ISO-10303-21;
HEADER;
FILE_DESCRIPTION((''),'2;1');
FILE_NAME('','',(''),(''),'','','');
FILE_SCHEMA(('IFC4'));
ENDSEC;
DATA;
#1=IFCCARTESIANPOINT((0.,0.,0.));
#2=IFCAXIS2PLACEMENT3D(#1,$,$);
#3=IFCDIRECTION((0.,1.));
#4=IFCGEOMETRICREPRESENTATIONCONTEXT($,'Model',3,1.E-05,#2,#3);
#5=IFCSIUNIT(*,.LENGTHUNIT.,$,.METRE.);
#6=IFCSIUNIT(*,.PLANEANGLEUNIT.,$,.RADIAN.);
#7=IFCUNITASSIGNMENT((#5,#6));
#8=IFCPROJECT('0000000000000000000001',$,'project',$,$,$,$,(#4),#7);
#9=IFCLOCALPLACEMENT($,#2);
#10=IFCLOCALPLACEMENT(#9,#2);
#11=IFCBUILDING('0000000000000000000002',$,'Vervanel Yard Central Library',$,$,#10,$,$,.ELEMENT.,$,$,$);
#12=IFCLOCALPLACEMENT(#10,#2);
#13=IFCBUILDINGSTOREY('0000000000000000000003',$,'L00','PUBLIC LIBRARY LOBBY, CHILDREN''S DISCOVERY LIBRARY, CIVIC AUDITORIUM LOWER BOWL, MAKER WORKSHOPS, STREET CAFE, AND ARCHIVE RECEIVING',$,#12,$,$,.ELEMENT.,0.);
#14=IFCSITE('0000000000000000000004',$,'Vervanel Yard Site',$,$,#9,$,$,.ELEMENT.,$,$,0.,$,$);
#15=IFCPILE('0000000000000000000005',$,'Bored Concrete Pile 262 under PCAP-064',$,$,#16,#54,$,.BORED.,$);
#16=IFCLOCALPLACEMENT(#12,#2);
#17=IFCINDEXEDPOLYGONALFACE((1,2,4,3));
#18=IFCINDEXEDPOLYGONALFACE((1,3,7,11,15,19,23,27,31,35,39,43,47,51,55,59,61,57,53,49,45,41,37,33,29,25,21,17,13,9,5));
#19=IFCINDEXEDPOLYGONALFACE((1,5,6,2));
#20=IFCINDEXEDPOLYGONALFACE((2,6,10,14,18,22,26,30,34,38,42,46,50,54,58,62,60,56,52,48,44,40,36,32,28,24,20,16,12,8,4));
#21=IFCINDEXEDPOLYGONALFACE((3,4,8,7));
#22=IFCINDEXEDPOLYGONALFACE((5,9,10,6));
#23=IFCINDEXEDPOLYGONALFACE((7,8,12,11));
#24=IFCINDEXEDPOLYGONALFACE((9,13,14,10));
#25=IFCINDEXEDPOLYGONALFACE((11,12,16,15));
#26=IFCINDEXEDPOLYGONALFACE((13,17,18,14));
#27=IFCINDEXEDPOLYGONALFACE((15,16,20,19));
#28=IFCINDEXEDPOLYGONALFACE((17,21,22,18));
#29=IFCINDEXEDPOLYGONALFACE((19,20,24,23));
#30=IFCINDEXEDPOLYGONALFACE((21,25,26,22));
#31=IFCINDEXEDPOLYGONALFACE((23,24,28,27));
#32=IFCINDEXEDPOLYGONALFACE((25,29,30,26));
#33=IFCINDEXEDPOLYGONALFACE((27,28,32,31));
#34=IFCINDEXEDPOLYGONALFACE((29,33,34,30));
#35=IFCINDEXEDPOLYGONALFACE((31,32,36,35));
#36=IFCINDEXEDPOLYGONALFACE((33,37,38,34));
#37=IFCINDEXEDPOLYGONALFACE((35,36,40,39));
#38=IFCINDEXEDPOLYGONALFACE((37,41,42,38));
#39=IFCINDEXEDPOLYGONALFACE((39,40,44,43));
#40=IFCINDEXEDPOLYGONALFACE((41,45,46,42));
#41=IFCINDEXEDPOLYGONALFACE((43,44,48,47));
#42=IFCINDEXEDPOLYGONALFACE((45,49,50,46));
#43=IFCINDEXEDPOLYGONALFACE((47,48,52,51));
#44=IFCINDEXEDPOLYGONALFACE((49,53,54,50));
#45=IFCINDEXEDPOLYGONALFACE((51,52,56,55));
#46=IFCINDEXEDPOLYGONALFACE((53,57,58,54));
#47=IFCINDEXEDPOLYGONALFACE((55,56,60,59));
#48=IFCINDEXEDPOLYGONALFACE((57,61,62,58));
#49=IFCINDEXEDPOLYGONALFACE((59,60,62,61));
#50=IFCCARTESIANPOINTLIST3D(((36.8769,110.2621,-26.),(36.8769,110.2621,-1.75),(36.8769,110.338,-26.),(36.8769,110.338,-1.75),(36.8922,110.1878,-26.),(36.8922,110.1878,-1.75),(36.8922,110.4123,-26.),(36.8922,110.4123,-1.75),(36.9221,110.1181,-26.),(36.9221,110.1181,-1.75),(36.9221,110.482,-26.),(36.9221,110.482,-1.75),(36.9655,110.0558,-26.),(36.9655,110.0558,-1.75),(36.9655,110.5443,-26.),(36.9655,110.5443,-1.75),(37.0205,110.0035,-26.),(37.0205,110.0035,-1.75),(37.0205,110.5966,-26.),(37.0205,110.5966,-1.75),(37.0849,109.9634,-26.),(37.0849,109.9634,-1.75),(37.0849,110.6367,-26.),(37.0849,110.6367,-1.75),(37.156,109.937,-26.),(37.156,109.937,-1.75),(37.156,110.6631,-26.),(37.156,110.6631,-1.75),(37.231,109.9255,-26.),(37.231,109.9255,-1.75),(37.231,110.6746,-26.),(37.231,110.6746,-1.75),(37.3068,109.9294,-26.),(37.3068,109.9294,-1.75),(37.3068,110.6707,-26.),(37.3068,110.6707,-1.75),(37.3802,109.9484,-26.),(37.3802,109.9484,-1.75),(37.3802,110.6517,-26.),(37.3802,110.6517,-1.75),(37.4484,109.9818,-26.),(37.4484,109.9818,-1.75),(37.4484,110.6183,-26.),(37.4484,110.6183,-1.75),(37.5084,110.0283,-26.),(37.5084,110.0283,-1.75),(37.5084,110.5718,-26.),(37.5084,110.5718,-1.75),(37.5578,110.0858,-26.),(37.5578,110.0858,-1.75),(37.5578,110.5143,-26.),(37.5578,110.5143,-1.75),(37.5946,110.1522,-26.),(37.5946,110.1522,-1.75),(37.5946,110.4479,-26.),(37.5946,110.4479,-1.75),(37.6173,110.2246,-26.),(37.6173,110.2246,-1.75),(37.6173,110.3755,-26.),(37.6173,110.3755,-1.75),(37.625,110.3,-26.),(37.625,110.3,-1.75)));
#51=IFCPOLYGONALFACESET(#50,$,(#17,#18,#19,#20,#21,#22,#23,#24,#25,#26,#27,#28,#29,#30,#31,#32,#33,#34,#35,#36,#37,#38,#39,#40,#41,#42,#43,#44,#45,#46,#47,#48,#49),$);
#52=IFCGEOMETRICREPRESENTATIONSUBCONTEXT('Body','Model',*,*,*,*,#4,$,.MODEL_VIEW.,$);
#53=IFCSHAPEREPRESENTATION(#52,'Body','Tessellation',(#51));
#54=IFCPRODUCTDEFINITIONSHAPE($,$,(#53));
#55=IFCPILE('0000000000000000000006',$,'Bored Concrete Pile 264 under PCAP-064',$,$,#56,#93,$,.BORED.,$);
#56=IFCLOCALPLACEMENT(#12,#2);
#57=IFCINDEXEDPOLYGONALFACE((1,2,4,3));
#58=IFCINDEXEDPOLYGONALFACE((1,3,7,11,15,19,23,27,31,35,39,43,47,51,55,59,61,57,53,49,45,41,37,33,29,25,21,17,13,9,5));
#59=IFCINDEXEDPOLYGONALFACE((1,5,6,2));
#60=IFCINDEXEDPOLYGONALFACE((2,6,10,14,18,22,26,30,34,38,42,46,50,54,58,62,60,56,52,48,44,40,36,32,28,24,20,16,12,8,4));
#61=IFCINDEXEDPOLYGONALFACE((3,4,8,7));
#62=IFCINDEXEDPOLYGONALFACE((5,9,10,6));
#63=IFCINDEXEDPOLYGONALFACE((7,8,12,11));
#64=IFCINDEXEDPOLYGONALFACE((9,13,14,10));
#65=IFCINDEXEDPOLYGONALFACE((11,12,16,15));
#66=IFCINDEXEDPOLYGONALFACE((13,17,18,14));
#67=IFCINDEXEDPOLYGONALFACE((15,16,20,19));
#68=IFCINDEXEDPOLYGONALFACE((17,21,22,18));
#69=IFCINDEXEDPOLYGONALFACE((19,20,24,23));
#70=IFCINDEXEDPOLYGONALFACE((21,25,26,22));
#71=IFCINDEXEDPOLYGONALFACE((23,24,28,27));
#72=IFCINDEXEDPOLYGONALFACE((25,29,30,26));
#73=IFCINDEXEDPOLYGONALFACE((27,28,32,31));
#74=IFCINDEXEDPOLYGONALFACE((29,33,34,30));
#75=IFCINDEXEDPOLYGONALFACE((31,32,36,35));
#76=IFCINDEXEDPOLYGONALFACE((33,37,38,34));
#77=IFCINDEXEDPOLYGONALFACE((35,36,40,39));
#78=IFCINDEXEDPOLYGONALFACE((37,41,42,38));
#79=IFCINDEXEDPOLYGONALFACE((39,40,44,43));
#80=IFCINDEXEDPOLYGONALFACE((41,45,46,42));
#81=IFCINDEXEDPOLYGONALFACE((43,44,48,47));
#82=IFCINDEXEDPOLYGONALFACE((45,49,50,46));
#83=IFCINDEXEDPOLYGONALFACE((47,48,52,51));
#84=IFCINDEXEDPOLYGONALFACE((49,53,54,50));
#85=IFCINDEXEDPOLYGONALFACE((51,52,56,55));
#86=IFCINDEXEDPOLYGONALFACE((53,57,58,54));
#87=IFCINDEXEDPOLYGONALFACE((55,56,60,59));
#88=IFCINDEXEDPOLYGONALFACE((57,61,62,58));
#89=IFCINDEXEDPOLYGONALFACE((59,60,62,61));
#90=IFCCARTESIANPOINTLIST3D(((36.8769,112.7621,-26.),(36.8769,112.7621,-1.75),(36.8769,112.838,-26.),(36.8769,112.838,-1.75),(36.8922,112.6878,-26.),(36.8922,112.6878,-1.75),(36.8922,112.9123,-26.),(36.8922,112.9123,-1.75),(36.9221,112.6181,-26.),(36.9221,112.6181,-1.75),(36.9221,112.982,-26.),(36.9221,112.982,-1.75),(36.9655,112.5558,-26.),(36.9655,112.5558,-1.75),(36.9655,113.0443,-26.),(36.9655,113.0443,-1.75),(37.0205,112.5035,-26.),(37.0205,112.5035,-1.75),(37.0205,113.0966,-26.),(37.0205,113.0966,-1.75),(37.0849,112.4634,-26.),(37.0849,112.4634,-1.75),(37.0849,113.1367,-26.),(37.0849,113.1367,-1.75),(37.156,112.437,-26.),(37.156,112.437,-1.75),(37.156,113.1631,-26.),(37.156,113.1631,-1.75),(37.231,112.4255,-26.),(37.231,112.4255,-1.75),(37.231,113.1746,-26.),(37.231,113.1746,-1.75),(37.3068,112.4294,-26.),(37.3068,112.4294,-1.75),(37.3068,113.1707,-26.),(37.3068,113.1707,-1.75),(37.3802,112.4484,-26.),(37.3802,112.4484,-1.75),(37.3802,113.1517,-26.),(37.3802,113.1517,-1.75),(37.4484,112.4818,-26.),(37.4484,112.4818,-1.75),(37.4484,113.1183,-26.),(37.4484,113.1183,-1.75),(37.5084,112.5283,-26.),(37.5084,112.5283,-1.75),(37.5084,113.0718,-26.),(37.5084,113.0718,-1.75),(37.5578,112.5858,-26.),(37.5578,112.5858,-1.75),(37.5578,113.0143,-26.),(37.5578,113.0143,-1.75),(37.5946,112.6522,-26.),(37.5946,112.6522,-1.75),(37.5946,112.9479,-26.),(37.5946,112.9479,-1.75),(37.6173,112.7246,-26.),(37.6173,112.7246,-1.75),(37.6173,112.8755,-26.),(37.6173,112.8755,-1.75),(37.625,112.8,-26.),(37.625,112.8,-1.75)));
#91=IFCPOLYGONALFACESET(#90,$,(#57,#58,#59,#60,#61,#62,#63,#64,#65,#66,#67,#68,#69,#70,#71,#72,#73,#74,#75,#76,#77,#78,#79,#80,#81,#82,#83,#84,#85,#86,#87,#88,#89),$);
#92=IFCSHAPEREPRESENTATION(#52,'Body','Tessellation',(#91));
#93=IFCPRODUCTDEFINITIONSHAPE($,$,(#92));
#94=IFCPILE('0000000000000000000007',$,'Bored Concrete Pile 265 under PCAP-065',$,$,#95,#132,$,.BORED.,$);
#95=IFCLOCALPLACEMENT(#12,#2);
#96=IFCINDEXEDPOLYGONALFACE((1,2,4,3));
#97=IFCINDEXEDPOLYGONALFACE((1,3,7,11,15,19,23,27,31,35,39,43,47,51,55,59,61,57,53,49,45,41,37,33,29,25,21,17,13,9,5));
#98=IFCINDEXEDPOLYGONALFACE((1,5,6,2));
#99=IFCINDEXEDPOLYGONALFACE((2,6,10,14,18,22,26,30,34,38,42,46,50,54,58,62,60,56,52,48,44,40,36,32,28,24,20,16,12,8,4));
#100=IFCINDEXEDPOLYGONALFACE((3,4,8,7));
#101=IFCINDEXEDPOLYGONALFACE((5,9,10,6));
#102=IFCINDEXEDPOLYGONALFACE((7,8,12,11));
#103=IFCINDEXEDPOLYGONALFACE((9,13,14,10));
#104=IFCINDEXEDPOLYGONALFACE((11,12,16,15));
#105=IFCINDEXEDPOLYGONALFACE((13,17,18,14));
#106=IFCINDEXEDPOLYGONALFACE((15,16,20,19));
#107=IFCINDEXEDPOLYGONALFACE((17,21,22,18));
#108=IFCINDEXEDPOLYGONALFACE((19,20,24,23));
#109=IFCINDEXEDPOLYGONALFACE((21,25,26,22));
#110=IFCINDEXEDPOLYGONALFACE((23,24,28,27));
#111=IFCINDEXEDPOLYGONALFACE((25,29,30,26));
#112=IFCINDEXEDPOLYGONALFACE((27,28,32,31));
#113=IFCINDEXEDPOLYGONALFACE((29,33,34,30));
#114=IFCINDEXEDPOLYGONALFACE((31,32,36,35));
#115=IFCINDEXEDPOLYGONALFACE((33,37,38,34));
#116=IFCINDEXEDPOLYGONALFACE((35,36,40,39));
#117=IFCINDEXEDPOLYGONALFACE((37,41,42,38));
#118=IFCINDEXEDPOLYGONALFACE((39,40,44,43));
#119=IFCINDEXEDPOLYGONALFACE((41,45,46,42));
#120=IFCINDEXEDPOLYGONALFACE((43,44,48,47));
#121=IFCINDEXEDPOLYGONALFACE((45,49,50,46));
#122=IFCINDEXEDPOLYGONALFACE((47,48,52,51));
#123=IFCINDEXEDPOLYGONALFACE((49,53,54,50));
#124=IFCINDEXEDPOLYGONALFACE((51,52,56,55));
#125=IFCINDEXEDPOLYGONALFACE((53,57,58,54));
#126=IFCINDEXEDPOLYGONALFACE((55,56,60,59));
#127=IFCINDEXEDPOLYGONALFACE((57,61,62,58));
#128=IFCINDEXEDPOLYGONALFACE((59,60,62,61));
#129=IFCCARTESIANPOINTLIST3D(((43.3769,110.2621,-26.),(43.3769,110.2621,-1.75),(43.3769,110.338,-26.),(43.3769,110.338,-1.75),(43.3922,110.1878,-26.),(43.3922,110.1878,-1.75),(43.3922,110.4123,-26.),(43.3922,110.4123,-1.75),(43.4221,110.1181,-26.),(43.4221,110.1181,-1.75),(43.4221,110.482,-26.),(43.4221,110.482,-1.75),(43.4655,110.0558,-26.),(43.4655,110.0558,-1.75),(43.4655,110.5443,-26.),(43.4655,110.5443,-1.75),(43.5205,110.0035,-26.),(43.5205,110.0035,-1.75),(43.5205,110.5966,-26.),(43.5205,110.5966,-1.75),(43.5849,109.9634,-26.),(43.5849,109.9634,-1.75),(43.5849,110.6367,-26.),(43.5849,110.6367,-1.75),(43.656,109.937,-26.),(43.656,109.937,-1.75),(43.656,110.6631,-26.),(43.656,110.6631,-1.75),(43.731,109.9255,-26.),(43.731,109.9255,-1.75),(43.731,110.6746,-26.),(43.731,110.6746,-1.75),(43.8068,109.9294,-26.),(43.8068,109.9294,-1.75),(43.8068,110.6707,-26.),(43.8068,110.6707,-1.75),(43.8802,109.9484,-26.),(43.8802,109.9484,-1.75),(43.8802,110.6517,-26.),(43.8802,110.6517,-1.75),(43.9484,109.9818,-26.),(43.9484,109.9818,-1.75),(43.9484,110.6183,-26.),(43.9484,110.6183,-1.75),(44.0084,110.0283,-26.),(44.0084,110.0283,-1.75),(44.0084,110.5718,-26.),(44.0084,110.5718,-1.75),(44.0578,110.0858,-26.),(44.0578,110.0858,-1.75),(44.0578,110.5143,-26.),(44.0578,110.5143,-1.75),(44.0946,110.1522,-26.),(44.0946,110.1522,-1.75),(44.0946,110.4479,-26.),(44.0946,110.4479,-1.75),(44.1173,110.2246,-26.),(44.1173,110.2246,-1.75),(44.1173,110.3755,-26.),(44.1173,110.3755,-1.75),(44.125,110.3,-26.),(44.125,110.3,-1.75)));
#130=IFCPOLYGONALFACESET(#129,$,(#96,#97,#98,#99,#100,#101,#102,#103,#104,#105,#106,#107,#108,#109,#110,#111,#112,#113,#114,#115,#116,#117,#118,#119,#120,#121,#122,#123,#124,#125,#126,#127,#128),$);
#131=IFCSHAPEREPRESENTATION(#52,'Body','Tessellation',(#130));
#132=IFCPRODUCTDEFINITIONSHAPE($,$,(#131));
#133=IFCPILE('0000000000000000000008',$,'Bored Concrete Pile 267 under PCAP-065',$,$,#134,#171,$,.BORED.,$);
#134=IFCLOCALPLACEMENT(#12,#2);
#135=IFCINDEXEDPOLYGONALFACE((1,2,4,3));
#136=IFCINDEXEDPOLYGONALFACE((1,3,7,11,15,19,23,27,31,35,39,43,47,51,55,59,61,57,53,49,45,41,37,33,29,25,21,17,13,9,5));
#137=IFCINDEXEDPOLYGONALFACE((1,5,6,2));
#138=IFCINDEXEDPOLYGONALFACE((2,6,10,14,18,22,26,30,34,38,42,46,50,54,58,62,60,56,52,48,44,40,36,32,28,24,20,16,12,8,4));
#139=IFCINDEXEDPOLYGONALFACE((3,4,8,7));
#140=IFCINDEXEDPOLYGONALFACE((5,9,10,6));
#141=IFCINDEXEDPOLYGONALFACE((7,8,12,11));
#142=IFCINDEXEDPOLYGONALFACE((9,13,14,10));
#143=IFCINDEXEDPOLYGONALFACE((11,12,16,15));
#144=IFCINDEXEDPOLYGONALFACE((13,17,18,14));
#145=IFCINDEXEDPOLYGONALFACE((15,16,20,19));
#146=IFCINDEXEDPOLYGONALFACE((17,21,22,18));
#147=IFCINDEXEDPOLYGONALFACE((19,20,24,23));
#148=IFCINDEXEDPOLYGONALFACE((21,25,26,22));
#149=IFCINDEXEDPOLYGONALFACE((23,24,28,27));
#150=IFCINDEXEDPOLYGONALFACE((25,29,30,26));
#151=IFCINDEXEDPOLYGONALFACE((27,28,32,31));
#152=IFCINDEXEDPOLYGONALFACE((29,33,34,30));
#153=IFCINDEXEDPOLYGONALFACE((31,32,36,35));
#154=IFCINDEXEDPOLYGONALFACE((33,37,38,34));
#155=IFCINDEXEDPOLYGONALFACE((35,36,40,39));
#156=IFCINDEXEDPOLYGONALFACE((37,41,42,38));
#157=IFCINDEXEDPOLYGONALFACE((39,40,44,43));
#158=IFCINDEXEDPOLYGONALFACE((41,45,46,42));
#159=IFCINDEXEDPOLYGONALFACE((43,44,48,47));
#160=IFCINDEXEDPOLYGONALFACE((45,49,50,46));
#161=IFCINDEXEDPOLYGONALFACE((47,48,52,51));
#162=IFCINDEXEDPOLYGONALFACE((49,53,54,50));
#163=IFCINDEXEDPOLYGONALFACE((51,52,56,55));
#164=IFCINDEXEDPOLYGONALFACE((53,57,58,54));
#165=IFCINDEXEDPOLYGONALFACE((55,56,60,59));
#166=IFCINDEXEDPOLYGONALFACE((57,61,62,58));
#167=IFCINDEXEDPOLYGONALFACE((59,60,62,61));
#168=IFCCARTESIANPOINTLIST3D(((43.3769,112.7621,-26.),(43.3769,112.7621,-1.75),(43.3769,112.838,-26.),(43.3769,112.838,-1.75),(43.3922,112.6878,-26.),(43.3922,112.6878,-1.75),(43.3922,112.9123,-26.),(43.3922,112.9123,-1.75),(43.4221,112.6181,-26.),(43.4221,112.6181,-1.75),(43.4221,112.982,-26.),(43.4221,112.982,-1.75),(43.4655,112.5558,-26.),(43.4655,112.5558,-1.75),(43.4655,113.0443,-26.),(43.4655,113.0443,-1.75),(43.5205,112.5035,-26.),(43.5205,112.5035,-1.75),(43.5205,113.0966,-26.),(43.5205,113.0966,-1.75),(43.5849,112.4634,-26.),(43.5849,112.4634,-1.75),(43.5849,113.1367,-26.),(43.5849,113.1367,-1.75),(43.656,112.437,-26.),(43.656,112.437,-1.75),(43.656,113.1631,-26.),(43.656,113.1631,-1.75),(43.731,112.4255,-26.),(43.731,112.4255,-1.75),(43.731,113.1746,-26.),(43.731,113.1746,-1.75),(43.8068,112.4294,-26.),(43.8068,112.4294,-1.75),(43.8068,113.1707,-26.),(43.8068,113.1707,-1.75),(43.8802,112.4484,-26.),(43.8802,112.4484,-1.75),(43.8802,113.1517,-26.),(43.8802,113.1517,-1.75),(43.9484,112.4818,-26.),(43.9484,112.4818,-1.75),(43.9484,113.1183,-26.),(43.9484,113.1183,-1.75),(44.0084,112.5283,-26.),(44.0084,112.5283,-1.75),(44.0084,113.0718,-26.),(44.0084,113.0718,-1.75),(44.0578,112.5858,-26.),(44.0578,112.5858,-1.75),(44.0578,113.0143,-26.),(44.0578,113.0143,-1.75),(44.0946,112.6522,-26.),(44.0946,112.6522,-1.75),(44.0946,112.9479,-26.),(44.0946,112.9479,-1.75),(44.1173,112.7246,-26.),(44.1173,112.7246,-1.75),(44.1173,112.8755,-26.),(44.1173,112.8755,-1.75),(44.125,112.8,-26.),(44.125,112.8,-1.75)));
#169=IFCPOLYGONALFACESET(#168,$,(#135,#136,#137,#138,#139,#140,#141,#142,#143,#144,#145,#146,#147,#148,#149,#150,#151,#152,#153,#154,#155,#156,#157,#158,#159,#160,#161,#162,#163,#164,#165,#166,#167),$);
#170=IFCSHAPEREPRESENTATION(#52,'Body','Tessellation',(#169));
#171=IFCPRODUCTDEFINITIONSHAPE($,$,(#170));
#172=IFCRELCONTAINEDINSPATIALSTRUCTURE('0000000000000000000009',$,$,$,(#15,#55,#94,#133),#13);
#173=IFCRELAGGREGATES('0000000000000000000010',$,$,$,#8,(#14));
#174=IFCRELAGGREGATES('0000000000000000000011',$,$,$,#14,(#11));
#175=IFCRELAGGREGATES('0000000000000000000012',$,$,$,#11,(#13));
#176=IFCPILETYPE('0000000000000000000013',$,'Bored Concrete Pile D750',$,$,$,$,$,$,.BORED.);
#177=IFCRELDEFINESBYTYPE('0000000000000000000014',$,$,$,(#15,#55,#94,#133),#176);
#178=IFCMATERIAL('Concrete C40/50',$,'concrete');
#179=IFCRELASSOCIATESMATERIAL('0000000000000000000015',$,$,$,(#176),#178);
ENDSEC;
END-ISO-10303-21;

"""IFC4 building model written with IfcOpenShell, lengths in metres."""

from ifc_helpers import new_model, si_unit, direction, frame, origin, origin_2d, place, context, subcontext, project, spatial, circle, extrude, material, material_profile, profile_set, type_object, element, save


model = new_model("IFC4")

# Units and contexts
model_context = context("Model", 3, precision=1e-05, world=origin(), true_north=direction((0.0, 1.0)))
body_context = subcontext(model_context, "Body", "Model", "MODEL_VIEW")
ifc_project = project(units=[si_unit("LENGTHUNIT", "METRE"), si_unit("PLANEANGLEUNIT", "RADIAN")], contexts=[model_context])

# Site, building, storey
site_placement = place(None, origin())
site = spatial("IfcSite", under=ifc_project, at=site_placement, Name="Vervanel Yard Site", CompositionType="ELEMENT", RefElevation=0.0)
building_placement = place(site_placement, origin())
building = spatial("IfcBuilding", under=site, at=building_placement, Name="Vervanel Yard Central Library", CompositionType="ELEMENT")
storey_placement = place(building_placement, origin())
storey = spatial("IfcBuildingStorey", under=building, at=storey_placement, Name="L00", Description="PUBLIC LIBRARY LOBBY, CHILDREN'S DISCOVERY LIBRARY, CIVIC AUDITORIUM LOWER BOWL, MAKER WORKSHOPS, STREET CAFE, AND ARCHIVE RECEIVING", CompositionType="ELEMENT", Elevation=0.0)

# Piles
ifc_material_1 = material(Name="Concrete C40/50", Category="concrete")
ifc_material_profile_1 = material_profile(ifc_material_1, circle(Radius=0.375, at=origin_2d()), Name="BP D750", Category="concrete")
ifc_profile_set_1 = profile_set([ifc_material_profile_1], Name="Concrete C40/50")
pile_type_1 = type_object("IfcPileType", Name="Bored Concrete Pile D750", PredefinedType="BORED", material=ifc_profile_set_1)
for number, where, z_axis, x_axis, name in (
    (1, (37.25, 110.3, -1.75), (0.0, 0.0, -1.0), (1.0, 0.0, 0.0), "Bored Concrete Pile 262 under PCAP-064"),
    (2, (37.25, 112.8, -1.75), (0.0, 0.0, -1.0), (1.0, 0.0, 0.0), "Bored Concrete Pile 264 under PCAP-064"),
    (3, (43.75, 110.3, -1.75), (0.0, 0.0, -1.0), (1.0, 0.0, 0.0), "Bored Concrete Pile 265 under PCAP-065"),
    (4, (43.75, 112.8, -1.75), (0.0, 0.0, -1.0), (1.0, 0.0, 0.0), "Bored Concrete Pile 267 under PCAP-065"),
):
    element("IfcPile", number, at=place(storey_placement, frame(where, z_axis=z_axis, x_axis=x_axis)), inside=storey, type_object=pile_type_1, Name=name, PredefinedType="BORED", context=body_context, shape_type="SweptSolid", body=[
        extrude(circle(Radius=0.375, at=origin_2d()), origin(), (0.0, 0.0, 1.0), 24.25),
    ])

save(model, "model.ifc")
